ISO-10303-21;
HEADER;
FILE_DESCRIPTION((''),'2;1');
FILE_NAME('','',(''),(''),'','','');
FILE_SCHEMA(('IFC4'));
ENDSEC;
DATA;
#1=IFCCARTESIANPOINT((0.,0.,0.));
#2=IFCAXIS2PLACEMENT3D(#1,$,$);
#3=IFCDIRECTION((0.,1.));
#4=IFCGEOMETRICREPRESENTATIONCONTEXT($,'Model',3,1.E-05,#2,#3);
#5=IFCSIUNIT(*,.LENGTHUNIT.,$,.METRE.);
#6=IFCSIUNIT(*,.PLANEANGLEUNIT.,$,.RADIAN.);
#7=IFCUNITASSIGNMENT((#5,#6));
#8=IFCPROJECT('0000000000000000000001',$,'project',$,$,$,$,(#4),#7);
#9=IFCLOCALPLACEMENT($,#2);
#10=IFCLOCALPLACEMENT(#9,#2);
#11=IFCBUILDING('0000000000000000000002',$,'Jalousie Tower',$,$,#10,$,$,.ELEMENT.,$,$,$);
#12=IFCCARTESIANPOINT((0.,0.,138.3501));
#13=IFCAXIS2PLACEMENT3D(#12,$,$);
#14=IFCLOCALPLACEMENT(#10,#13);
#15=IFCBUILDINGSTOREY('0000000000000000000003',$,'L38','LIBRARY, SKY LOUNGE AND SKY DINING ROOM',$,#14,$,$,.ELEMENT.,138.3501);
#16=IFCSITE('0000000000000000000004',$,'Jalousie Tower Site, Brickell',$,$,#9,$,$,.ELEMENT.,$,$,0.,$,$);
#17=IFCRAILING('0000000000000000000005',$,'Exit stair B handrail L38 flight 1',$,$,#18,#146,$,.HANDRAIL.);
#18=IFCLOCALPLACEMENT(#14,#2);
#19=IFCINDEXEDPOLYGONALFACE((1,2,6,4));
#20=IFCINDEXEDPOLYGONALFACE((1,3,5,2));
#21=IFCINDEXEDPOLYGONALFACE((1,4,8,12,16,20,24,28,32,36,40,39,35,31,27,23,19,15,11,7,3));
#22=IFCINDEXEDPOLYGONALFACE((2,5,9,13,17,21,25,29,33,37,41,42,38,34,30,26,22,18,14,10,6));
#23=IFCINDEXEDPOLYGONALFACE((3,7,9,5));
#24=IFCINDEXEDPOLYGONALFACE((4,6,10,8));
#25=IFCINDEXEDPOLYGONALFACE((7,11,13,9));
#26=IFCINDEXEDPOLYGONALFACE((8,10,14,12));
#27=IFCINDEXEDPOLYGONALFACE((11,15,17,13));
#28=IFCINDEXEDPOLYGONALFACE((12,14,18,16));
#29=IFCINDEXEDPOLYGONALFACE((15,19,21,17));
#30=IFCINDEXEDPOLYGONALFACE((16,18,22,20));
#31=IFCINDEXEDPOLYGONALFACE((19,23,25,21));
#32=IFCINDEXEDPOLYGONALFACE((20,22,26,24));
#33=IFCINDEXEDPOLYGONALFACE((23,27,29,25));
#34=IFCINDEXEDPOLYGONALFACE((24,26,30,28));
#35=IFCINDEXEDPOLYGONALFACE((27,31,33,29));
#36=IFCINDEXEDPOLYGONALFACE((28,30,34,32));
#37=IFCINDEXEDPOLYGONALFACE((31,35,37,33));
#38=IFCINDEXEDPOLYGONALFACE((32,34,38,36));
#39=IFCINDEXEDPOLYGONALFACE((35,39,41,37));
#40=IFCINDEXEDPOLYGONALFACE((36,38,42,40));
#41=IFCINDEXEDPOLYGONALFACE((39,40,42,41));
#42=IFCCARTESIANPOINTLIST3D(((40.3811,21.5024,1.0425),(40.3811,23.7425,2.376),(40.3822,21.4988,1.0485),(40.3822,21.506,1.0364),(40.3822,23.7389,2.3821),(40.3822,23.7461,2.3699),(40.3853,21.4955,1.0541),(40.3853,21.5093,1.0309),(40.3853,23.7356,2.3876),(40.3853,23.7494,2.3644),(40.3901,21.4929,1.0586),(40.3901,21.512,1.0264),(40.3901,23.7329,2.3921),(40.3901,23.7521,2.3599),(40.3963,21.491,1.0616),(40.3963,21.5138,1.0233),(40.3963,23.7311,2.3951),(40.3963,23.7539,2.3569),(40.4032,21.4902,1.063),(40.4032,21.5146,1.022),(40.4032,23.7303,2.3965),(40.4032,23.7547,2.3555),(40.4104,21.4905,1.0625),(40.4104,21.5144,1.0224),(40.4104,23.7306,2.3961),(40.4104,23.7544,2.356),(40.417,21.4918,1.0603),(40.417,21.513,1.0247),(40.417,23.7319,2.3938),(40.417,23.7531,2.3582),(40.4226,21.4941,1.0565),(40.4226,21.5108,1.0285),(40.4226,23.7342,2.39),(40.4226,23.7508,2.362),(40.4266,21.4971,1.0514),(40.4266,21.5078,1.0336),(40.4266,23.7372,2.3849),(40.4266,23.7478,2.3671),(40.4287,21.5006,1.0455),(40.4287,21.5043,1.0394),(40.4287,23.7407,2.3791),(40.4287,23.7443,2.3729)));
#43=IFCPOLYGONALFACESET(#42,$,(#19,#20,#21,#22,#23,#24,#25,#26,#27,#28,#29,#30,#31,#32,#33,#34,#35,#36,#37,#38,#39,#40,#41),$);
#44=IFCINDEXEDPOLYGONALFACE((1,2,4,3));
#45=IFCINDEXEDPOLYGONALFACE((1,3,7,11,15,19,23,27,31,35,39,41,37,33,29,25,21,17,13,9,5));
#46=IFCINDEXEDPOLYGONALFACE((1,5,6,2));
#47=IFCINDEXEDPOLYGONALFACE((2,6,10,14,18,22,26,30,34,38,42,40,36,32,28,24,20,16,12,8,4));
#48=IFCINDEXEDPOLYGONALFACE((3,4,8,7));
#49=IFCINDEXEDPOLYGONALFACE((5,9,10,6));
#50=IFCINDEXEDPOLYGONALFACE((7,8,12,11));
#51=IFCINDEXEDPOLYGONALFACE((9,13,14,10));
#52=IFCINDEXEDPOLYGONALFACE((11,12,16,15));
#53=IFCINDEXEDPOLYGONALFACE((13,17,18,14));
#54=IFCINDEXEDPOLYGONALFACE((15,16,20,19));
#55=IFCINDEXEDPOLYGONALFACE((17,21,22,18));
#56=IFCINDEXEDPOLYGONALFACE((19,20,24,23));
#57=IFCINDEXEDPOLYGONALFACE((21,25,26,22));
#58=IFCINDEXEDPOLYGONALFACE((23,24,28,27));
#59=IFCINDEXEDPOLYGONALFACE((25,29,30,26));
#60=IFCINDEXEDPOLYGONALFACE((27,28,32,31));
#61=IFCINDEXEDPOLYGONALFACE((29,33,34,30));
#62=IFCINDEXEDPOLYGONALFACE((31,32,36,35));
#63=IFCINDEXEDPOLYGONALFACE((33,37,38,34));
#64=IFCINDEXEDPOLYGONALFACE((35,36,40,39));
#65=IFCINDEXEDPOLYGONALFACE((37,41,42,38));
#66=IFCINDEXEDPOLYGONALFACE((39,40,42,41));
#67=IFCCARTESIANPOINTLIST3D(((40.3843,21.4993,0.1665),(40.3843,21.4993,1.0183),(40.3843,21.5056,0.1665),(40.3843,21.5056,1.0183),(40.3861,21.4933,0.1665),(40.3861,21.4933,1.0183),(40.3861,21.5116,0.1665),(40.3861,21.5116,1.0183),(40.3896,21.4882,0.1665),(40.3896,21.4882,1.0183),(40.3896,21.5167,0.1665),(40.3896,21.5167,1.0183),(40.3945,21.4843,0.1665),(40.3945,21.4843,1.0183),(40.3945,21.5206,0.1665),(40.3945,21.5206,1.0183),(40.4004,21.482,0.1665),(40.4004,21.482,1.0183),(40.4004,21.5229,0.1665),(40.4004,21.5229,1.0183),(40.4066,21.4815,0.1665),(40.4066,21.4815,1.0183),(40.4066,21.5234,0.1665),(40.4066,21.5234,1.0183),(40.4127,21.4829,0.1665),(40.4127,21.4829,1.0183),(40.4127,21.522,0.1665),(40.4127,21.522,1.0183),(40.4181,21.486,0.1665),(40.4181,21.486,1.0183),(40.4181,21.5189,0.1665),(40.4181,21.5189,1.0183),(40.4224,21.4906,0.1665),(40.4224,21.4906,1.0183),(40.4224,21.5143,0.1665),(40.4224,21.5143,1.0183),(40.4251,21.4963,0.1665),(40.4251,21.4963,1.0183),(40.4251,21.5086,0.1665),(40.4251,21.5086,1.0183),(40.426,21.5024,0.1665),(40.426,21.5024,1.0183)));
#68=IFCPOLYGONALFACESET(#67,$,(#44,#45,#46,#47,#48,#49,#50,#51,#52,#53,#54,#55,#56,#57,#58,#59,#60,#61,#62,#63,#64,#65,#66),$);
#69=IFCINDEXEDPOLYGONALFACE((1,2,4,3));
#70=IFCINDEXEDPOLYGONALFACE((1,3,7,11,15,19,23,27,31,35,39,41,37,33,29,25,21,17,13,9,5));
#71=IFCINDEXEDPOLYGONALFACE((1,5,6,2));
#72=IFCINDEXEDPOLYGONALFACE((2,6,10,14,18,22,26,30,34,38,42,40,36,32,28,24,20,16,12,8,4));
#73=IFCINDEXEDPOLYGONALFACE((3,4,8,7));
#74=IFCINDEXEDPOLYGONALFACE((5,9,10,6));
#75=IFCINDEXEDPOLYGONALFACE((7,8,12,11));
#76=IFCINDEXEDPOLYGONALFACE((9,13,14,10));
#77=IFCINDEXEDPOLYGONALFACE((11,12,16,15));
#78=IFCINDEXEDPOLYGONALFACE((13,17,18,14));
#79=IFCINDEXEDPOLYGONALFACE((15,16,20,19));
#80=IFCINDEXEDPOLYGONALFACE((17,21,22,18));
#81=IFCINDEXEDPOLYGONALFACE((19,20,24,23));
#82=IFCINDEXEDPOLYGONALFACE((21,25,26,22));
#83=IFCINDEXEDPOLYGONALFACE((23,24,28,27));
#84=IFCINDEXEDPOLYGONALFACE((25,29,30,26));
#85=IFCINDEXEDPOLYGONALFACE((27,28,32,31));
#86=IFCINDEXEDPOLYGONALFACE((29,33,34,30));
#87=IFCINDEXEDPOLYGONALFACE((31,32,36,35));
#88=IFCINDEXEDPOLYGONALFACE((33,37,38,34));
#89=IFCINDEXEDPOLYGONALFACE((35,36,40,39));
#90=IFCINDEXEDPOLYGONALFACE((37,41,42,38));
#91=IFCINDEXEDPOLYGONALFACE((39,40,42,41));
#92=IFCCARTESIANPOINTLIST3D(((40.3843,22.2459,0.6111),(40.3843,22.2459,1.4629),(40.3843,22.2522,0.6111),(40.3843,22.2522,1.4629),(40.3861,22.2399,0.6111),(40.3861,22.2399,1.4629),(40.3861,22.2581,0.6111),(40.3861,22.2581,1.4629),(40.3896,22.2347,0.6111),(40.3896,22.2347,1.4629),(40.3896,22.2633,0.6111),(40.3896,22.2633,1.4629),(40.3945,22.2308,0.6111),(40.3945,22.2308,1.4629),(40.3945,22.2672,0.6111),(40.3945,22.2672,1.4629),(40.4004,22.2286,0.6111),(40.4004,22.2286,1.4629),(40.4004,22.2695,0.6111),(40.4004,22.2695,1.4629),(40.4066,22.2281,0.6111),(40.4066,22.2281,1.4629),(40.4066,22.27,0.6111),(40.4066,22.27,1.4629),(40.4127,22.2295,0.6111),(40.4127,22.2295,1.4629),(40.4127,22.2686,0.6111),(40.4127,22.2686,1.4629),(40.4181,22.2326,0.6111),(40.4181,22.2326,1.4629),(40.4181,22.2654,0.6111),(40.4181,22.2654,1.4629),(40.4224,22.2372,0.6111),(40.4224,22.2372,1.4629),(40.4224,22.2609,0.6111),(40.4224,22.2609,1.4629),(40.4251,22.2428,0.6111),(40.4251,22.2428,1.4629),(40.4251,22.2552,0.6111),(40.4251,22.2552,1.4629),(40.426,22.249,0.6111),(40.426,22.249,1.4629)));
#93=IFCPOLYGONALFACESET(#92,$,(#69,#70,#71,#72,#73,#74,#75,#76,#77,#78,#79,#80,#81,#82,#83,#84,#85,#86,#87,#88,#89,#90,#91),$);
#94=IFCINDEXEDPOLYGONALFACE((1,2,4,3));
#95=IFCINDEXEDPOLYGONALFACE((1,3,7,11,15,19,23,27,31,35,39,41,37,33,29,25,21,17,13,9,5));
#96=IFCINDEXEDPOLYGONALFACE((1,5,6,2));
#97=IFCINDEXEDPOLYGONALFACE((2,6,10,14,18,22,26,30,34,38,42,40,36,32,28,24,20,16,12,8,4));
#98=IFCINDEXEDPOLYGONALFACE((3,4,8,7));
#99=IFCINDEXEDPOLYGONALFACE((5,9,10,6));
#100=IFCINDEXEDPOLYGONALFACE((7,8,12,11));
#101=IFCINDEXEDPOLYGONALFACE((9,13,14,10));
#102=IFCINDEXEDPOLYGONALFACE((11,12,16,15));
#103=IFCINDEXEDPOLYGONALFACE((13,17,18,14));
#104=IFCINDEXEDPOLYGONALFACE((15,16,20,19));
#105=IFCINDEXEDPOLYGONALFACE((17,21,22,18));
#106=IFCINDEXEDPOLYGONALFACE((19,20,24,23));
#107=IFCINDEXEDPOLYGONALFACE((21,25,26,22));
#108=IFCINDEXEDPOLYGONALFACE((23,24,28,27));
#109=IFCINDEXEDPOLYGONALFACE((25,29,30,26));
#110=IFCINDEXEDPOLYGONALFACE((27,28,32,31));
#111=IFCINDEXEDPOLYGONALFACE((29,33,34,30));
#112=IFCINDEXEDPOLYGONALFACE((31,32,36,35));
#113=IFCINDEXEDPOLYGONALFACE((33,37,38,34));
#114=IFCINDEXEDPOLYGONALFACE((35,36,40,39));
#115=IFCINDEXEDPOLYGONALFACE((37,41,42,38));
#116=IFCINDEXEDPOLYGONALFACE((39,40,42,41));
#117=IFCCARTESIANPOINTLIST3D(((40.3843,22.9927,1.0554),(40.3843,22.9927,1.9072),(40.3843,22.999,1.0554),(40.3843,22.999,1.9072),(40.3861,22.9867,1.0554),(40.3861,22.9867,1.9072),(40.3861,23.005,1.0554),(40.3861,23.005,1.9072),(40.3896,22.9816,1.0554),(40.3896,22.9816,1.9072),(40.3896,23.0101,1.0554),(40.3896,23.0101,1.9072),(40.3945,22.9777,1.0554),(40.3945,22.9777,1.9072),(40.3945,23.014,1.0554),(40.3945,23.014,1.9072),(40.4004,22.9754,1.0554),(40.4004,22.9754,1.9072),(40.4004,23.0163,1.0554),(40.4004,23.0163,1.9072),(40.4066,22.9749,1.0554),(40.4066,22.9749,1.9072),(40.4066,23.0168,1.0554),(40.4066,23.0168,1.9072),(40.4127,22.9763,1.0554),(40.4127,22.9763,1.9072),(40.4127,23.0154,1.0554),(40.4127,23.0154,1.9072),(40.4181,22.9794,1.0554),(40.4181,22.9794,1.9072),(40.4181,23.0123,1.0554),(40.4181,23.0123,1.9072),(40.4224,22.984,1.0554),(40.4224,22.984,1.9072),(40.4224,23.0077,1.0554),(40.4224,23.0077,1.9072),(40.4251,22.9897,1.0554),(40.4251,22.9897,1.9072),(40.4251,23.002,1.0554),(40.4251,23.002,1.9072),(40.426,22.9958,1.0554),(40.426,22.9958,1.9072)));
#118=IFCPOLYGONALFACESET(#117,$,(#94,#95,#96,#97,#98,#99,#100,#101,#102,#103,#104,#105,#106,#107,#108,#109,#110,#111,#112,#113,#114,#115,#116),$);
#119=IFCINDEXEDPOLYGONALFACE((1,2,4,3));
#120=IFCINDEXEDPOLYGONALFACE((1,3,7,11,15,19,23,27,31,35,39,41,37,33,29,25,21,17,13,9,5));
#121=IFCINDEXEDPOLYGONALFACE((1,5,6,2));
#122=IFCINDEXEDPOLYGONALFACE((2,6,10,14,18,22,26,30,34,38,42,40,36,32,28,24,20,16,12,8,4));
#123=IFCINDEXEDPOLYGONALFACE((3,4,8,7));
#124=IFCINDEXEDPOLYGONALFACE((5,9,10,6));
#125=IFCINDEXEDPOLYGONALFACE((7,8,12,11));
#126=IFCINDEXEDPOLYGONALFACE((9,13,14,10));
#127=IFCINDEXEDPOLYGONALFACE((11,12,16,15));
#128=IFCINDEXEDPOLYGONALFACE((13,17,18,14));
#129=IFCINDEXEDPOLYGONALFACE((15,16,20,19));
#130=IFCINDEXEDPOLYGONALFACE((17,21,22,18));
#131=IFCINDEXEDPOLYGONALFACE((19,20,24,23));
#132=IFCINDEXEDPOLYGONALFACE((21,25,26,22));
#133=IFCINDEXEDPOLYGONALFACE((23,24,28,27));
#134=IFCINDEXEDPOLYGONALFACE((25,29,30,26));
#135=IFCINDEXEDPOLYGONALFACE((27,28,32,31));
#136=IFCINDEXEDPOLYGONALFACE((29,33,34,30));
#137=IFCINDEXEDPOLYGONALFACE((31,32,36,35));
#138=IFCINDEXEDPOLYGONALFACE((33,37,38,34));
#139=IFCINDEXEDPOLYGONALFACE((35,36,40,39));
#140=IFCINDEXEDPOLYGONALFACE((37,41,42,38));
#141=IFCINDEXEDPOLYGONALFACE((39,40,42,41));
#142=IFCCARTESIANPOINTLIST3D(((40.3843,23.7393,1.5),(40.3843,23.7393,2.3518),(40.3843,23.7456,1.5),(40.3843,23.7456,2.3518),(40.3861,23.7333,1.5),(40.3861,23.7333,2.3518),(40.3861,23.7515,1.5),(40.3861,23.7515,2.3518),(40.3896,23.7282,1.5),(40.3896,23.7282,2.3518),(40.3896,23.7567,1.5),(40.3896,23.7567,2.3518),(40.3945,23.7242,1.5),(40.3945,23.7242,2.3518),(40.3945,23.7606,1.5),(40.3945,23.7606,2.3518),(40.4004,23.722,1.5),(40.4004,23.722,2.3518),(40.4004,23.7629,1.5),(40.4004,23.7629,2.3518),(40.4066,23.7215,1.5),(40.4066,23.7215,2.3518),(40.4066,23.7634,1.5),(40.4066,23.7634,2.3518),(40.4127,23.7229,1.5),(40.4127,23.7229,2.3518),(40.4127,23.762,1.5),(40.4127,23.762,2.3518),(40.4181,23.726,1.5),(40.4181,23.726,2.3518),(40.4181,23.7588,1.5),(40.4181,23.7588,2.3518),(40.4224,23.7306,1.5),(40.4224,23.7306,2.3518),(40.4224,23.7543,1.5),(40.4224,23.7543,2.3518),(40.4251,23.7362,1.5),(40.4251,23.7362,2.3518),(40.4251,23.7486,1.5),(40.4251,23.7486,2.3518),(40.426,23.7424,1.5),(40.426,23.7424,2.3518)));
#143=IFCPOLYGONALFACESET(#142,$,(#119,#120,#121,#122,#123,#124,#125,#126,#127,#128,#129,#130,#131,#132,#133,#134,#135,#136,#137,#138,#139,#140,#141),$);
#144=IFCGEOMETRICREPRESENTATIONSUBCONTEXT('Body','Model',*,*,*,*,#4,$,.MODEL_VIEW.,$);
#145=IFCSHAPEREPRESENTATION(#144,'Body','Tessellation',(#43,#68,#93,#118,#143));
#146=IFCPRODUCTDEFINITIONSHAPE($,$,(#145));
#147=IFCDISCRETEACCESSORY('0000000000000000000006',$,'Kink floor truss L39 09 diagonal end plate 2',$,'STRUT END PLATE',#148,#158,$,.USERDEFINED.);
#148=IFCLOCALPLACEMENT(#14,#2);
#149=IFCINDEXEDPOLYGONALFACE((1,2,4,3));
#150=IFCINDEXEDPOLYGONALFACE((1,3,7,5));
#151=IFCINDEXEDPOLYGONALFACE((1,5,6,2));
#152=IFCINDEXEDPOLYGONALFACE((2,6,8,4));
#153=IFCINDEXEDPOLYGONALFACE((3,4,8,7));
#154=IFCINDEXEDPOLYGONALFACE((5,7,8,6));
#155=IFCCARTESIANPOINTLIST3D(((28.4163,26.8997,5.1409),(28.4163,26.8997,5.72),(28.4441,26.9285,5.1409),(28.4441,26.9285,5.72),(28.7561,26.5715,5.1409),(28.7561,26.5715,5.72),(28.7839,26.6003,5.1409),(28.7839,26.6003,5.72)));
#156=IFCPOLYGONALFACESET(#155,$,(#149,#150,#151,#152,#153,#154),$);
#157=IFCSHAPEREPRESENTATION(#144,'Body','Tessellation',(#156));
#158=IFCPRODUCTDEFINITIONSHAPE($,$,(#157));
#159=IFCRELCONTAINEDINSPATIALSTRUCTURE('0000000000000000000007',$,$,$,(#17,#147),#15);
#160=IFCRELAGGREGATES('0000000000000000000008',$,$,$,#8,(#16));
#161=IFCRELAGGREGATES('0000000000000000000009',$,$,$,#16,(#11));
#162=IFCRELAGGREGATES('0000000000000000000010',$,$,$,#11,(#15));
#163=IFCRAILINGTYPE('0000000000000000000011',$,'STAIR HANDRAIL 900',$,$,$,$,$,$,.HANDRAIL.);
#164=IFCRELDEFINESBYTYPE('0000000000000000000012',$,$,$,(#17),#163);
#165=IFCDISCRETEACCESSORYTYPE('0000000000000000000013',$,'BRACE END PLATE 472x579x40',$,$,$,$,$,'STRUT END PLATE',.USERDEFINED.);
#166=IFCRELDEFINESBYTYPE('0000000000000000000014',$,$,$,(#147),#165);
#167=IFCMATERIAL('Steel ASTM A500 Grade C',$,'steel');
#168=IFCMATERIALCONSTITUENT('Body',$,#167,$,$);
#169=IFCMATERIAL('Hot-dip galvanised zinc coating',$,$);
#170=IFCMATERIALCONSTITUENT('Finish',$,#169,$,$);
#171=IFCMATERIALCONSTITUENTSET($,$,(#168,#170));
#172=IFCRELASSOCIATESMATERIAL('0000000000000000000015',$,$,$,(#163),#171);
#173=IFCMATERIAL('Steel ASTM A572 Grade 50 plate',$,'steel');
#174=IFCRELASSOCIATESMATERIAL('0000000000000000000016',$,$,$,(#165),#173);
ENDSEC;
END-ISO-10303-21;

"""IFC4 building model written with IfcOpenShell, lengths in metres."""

from ifc_helpers import new_model, si_unit, direction, frame, origin, origin_2d, place, context, subcontext, project, spatial, rectangle, circle, extrude, material, constituent, constituent_set, material_profile, profile_set, type_object, element, save


model = new_model("IFC4")

# Units and contexts
model_context = context("Model", 3, precision=1e-05, world=origin(), true_north=direction((0.0, 1.0)))
body_context = subcontext(model_context, "Body", "Model", "MODEL_VIEW")
ifc_project = project(units=[si_unit("LENGTHUNIT", "METRE"), si_unit("PLANEANGLEUNIT", "RADIAN")], contexts=[model_context])

# Site, building, storey
site_placement = place(None, origin())
site = spatial("IfcSite", under=ifc_project, at=site_placement, Name="Jalousie Tower Site, Brickell", CompositionType="ELEMENT", RefElevation=0.0)
building_placement = place(site_placement, origin())
building = spatial("IfcBuilding", under=site, at=building_placement, Name="Jalousie Tower", CompositionType="ELEMENT")
storey_placement = place(building_placement, frame((0.0, 0.0, 138.3501)))
storey = spatial("IfcBuildingStorey", under=building, at=storey_placement, Name="L38", Description="LIBRARY, SKY LOUNGE AND SKY DINING ROOM", CompositionType="ELEMENT", Elevation=138.3501)

# Railing
ifc_material_1 = material(Name="Steel ASTM A500 Grade C", Category="steel")
ifc_constituent_1 = constituent(ifc_material_1, Name="Body")
ifc_material_2 = material(Name="Hot-dip galvanised zinc coating")
ifc_constituent_2 = constituent(ifc_material_2, Name="Finish")
ifc_constituent_set_1 = constituent_set(constituents=[ifc_constituent_1, ifc_constituent_2])
railing_type = type_object("IfcRailingType", Name="STAIR HANDRAIL 900", PredefinedType="HANDRAIL", material=ifc_constituent_set_1)
railing_placement = place(storey_placement, frame((40.405, 21.5024, 0.1665)))
element("IfcRailing", 1, at=railing_placement, inside=storey, type_object=railing_type, Name="Exit stair B handrail L38 flight 1", PredefinedType="HANDRAIL", context=body_context, shape_type="SweptSolid", body=[
    extrude(circle(Radius=0.0239, at=origin_2d()), frame((0.0, 0.0, 0.876), z_axis=(0.0, 0.859264, 0.511532), x_axis=(-1.0, 0.0, 0.0)), (0.0, 0.0, 1.0), 2.6069),
    extrude(circle(Radius=0.021, at=origin_2d()), origin(), (0.0, 0.0, 1.0), 0.8518),
    extrude(circle(Radius=0.021, at=origin_2d()), frame((0.0, 0.7466, 0.4446)), (0.0, 0.0, 1.0), 0.8518),
    extrude(circle(Radius=0.021, at=origin_2d()), frame((0.0, 1.4934, 0.8889)), (0.0, 0.0, 1.0), 0.8518),
    extrude(circle(Radius=0.021, at=origin_2d()), frame((0.0, 2.24, 1.3335)), (0.0, 0.0, 1.0), 0.8518),
])

# Discrete accessory
ifc_material_3 = material(Name="Steel ASTM A572 Grade 50 plate", Category="steel")
ifc_material_profile = material_profile(ifc_material_3, rectangle(XDim=0.4724, YDim=0.5791, at=origin_2d()), Name="BRACE END PLATE 472x579x40")
ifc_profile_set = profile_set([ifc_material_profile], Name="Steel ASTM A572 Grade 50 plate")
discrete_accessory_type = type_object("IfcDiscreteAccessoryType", Name="BRACE END PLATE 472x579x40", ElementType="STRUT END PLATE", PredefinedType="USERDEFINED", material=ifc_profile_set)
discrete_accessory_placement = place(storey_placement, frame((28.614, 26.7644, 5.4304), z_axis=(-0.694812, -0.719191, 0.0), x_axis=(0.719191, -0.694812, 0.0)))
element("IfcDiscreteAccessory", 2, at=discrete_accessory_placement, inside=storey, type_object=discrete_accessory_type, Name="Kink floor truss L39 09 diagonal end plate 2", ObjectType="STRUT END PLATE", PredefinedType="USERDEFINED", context=body_context, shape_type="SweptSolid", body=[
    extrude(rectangle(XDim=0.4724, YDim=0.5791, at=origin_2d()), origin(), (0.0, 0.0, 1.0), 0.04),
])

save(model, "model.ifc")
